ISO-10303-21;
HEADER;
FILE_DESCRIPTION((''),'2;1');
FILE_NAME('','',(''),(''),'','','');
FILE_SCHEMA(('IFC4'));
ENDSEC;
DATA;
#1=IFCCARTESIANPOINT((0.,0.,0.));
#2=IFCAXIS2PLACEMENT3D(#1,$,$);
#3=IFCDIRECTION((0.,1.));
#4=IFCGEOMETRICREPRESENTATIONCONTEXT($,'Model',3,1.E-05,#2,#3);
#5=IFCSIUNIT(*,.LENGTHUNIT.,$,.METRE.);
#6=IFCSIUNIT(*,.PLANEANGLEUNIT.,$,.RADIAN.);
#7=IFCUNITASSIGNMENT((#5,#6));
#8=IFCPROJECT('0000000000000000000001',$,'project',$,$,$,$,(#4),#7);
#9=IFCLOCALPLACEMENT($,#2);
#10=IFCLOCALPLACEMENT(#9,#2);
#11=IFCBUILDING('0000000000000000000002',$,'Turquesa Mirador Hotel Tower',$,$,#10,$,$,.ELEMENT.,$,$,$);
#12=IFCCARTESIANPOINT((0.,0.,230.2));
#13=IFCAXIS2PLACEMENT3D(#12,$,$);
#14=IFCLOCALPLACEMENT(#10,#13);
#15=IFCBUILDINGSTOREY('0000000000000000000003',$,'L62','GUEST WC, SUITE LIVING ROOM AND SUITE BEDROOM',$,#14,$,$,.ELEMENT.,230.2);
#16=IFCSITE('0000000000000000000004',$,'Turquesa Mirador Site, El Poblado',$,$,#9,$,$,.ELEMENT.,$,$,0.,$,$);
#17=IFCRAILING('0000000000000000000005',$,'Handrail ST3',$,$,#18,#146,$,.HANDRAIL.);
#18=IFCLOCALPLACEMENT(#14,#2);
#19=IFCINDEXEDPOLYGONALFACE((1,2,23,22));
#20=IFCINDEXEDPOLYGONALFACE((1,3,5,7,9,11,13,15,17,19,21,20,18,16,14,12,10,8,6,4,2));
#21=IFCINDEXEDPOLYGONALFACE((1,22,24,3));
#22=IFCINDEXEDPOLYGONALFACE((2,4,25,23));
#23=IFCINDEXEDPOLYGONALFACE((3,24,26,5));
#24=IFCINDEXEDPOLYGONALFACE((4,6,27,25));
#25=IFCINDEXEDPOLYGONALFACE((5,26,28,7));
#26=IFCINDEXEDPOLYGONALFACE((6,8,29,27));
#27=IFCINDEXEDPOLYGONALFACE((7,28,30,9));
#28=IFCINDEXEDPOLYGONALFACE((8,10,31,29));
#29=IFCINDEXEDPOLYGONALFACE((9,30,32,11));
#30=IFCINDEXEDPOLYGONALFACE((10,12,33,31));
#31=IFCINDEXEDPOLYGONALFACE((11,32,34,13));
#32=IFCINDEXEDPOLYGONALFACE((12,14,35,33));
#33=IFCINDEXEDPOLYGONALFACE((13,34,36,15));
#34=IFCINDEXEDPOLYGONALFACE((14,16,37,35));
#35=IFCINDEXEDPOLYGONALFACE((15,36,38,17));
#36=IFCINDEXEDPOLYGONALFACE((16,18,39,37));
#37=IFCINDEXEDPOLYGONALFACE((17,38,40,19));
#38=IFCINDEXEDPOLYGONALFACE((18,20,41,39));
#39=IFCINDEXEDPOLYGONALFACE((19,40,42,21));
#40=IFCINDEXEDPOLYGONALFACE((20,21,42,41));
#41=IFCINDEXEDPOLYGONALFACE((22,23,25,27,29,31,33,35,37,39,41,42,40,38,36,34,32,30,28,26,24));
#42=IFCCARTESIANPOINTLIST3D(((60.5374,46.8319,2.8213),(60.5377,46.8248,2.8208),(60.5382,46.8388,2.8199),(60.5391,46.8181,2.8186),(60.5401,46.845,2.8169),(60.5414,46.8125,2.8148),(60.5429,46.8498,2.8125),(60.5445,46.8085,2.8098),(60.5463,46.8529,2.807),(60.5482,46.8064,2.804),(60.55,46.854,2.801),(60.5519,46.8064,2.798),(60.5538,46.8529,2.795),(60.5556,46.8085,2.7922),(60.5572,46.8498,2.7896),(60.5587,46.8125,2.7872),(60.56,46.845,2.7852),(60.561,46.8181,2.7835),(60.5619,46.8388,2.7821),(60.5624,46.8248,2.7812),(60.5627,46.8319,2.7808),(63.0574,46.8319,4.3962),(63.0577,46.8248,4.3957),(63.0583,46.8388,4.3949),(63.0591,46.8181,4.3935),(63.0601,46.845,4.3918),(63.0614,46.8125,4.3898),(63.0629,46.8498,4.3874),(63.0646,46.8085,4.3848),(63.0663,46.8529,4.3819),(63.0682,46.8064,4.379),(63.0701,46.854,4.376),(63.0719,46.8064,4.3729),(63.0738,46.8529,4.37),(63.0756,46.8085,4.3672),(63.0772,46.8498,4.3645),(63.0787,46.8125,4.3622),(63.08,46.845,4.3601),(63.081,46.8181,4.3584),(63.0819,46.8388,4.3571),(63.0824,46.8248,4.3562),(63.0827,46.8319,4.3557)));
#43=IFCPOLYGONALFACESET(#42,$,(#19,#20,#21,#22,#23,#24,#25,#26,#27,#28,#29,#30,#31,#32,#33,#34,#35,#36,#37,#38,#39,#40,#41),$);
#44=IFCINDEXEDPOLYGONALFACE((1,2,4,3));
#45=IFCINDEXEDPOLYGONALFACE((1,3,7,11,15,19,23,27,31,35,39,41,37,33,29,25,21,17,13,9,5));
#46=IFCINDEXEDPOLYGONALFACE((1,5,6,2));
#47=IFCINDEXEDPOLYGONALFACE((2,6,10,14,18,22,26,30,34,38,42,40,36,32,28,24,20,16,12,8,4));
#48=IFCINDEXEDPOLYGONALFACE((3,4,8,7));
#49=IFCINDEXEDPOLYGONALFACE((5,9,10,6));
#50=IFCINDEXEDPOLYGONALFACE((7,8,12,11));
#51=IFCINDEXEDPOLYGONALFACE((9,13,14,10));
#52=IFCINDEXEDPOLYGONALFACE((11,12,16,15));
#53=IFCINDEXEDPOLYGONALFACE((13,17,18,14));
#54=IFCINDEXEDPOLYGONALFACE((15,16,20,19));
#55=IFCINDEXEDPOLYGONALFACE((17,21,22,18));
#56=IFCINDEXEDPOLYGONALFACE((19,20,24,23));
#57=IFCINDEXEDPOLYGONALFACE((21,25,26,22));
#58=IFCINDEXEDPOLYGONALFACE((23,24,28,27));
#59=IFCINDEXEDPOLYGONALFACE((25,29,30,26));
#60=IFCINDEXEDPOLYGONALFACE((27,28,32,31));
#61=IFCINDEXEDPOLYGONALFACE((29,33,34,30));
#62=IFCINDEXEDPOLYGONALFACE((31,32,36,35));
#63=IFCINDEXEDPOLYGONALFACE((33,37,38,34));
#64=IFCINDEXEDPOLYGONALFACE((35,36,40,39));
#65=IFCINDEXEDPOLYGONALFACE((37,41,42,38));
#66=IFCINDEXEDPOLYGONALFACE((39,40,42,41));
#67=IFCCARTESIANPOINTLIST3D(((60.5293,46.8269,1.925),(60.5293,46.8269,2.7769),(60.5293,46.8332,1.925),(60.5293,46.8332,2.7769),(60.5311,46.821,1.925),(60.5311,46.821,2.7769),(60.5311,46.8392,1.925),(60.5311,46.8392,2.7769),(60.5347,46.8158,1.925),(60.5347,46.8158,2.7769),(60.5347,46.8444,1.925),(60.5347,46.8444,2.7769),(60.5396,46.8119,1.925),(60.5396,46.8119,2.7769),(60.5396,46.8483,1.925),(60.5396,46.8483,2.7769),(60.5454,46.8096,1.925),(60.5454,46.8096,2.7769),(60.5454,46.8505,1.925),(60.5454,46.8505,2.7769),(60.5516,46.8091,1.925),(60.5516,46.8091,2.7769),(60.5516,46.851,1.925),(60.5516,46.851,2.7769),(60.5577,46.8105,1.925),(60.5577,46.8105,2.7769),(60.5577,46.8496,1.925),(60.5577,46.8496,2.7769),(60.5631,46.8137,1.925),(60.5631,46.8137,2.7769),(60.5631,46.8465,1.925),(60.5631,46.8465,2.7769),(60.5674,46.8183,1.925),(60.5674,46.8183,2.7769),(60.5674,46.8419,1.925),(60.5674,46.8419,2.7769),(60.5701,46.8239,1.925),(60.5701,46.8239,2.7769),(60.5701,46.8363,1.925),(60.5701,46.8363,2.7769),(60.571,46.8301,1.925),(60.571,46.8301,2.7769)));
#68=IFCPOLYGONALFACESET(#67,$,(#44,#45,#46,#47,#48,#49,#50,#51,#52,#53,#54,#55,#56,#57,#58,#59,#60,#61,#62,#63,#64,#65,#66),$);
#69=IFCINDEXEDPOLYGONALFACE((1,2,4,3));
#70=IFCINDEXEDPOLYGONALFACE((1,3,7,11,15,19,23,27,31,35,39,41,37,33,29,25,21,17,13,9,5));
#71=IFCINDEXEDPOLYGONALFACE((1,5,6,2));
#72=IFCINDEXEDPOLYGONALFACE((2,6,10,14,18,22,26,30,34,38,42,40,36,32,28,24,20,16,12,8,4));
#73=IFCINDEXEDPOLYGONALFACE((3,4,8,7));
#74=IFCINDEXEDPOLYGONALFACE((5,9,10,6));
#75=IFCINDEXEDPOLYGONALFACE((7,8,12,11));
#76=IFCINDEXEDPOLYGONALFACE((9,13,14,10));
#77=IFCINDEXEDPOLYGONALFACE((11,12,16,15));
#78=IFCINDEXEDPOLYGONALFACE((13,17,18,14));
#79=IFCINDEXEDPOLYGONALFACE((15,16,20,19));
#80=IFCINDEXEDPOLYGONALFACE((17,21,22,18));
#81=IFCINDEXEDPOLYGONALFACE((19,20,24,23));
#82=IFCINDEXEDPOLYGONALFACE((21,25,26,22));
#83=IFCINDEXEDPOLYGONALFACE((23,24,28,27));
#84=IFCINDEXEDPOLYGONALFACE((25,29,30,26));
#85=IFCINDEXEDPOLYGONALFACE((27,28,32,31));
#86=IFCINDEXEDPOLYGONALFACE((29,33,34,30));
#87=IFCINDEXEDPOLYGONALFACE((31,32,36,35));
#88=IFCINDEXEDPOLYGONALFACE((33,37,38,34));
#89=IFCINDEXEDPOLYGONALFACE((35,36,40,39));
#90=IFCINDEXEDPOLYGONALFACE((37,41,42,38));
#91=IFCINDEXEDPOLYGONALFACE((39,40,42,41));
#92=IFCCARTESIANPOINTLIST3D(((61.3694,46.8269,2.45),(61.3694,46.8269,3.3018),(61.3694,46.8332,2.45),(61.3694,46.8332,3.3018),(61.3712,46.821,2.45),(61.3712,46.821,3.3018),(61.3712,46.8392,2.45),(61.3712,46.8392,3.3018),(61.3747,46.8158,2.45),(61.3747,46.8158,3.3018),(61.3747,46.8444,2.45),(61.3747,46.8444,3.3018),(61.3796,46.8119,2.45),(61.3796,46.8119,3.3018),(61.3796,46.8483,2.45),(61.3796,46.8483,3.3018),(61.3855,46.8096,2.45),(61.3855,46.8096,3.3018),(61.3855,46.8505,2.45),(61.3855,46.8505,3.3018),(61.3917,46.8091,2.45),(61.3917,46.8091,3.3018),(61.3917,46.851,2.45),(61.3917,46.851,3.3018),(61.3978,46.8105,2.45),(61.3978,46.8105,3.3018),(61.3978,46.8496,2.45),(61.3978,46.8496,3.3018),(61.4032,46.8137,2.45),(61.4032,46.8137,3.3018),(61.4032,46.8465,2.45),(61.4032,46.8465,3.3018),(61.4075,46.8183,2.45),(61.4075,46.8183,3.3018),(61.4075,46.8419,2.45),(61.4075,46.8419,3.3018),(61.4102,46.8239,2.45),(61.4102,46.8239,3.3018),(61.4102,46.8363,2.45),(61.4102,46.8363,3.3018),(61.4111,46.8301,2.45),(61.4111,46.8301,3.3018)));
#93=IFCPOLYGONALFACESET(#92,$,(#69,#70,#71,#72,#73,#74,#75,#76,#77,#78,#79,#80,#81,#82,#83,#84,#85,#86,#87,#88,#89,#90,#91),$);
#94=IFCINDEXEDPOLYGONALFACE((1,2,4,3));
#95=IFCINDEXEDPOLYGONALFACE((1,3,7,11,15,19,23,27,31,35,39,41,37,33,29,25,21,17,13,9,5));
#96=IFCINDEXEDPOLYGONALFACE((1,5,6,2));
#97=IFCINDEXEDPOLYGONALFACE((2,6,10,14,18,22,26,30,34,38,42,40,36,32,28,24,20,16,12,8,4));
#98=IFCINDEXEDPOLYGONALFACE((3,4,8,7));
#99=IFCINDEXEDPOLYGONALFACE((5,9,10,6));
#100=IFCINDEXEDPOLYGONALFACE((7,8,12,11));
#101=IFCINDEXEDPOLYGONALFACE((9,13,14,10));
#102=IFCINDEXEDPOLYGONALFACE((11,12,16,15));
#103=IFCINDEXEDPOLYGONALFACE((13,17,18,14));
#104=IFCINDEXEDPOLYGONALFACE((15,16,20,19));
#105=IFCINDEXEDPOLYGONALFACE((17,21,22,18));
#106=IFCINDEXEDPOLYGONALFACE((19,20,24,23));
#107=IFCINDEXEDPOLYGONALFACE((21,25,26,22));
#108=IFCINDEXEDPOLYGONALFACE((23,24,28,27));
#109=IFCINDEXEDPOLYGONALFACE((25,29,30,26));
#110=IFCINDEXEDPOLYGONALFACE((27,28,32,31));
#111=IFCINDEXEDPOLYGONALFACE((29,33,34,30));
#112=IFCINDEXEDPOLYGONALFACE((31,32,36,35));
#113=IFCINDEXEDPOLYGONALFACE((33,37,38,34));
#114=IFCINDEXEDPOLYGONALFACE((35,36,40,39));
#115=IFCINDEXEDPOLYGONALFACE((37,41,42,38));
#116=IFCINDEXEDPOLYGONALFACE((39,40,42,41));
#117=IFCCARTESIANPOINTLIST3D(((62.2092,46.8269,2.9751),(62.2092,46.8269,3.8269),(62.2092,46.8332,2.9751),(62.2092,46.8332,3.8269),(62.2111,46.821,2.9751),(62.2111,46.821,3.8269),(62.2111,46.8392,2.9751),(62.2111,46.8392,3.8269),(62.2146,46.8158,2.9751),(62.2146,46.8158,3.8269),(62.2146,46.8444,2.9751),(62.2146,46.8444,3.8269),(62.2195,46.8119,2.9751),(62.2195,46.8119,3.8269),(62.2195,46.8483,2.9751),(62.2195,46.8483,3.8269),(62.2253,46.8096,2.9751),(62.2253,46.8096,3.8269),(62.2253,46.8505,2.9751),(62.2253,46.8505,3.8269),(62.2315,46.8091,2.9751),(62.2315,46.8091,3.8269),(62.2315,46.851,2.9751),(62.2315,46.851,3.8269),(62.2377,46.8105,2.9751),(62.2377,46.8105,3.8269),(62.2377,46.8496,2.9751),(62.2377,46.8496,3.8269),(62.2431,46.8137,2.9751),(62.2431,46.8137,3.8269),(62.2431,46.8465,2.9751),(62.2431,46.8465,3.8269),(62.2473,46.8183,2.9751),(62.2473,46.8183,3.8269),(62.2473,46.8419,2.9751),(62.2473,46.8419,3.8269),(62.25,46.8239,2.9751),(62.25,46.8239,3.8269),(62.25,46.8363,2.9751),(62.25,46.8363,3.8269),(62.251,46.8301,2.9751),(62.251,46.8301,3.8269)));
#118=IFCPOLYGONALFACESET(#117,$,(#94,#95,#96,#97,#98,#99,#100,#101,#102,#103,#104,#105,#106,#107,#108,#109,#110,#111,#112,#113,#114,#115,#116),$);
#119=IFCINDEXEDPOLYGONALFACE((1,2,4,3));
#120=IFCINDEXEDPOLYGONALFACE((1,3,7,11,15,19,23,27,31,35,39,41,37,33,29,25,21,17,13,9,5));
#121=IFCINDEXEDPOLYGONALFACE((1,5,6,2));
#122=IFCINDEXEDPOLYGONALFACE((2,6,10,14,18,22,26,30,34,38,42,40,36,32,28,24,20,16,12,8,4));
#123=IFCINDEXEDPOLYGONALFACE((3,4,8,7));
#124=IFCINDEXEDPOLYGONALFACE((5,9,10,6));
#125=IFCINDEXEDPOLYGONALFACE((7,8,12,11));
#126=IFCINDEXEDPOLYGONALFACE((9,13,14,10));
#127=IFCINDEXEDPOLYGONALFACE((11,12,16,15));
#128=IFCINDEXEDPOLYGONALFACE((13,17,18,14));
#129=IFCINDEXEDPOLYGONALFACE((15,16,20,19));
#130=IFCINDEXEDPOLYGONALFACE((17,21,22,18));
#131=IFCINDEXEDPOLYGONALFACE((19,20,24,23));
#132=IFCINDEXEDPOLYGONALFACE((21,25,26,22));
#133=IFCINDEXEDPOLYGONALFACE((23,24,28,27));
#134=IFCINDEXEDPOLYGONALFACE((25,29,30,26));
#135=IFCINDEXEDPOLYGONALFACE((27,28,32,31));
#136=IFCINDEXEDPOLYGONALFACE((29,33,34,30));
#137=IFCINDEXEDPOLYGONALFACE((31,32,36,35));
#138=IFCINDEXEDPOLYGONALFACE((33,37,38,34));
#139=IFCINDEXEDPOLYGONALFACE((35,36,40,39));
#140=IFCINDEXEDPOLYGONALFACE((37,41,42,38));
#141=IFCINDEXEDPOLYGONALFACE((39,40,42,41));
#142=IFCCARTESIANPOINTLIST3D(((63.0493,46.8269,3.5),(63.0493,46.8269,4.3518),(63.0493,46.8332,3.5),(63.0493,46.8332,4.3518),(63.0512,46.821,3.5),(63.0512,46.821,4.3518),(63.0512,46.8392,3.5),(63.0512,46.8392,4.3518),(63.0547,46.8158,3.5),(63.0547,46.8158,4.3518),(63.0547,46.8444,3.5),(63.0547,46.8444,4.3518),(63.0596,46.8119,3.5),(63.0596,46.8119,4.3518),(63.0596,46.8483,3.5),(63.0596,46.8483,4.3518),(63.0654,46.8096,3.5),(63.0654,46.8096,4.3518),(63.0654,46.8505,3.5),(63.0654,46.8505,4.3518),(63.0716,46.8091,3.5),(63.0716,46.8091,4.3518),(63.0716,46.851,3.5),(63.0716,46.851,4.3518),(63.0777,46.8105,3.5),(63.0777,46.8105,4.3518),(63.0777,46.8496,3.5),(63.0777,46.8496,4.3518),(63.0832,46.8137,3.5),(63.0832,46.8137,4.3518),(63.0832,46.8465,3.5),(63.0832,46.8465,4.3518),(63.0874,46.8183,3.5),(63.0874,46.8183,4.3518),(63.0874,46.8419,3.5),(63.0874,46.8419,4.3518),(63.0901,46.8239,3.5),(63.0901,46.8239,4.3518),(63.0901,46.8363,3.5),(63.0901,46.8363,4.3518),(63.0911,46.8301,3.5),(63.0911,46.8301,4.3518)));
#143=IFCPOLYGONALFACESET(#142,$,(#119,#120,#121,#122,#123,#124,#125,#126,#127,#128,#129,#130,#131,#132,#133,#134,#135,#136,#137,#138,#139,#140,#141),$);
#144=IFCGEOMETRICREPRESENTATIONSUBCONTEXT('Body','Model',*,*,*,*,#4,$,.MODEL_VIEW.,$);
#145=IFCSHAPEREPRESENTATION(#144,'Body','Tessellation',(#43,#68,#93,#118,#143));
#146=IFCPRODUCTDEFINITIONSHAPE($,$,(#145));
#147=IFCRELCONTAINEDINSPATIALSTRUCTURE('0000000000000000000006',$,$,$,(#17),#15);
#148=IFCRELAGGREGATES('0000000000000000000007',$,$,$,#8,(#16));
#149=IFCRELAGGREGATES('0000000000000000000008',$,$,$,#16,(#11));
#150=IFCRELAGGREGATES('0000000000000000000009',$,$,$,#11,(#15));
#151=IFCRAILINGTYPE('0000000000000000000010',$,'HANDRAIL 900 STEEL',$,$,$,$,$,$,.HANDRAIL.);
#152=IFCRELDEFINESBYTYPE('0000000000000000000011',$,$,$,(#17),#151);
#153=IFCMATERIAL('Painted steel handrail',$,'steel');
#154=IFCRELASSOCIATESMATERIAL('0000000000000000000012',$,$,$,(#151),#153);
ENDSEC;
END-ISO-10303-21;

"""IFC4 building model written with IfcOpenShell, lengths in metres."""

from ifc_helpers import new_model, si_unit, direction, frame, origin, origin_2d, place, context, subcontext, project, spatial, circle, extrude, material, type_object, element, save


model = new_model("IFC4")

# Units and contexts
model_context = context("Model", 3, precision=1e-05, world=origin(), true_north=direction((0.0, 1.0)))
body_context = subcontext(model_context, "Body", "Model", "MODEL_VIEW")
ifc_project = project(units=[si_unit("LENGTHUNIT", "METRE"), si_unit("PLANEANGLEUNIT", "RADIAN")], contexts=[model_context])

# Site, building, storey
site_placement = place(None, origin())
site = spatial("IfcSite", under=ifc_project, at=site_placement, Name="Turquesa Mirador Site, El Poblado", CompositionType="ELEMENT", RefElevation=0.0)
building_placement = place(site_placement, origin())
building = spatial("IfcBuilding", under=site, at=building_placement, Name="Turquesa Mirador Hotel Tower", CompositionType="ELEMENT")
storey_placement = place(building_placement, frame((0.0, 0.0, 230.2)))
storey = spatial("IfcBuildingStorey", under=building, at=storey_placement, Name="L62", Description="GUEST WC, SUITE LIVING ROOM AND SUITE BEDROOM", CompositionType="ELEMENT", Elevation=230.2)

# Railing
ifc_material_1 = material(Name="Painted steel handrail", Category="steel")
railing_type = type_object("IfcRailingType", Name="HANDRAIL 900 STEEL", PredefinedType="HANDRAIL", material=ifc_material_1)
railing_1_placement = place(storey_placement, frame((60.55, 46.8301, 1.925)))
element("IfcRailing", 1, at=railing_1_placement, inside=storey, type_object=railing_type, Name="Handrail ST3", PredefinedType="HANDRAIL", context=body_context, shape_type="SweptSolid", body=[
    extrude(circle(Radius=0.0239, at=origin_2d()), frame((0.0, 0.0, 0.876), z_axis=(0.848008, 0.0, 0.529984), x_axis=(0.0, 1.0, 0.0)), (0.0, 0.0, 1.0), 2.9717),
    extrude(circle(Radius=0.021, at=origin_2d()), origin(), (0.0, 0.0, 1.0), 0.8518),
    extrude(circle(Radius=0.021, at=origin_2d()), frame((0.8401, 0.0, 0.5249)), (0.0, 0.0, 1.0), 0.8518),
    extrude(circle(Radius=0.021, at=origin_2d()), frame((1.6799, 0.0, 1.05)), (0.0, 0.0, 1.0), 0.8518),
    extrude(circle(Radius=0.021, at=origin_2d()), frame((2.52, 0.0, 1.575)), (0.0, 0.0, 1.0), 0.8518),
])

save(model, "model.ifc")
